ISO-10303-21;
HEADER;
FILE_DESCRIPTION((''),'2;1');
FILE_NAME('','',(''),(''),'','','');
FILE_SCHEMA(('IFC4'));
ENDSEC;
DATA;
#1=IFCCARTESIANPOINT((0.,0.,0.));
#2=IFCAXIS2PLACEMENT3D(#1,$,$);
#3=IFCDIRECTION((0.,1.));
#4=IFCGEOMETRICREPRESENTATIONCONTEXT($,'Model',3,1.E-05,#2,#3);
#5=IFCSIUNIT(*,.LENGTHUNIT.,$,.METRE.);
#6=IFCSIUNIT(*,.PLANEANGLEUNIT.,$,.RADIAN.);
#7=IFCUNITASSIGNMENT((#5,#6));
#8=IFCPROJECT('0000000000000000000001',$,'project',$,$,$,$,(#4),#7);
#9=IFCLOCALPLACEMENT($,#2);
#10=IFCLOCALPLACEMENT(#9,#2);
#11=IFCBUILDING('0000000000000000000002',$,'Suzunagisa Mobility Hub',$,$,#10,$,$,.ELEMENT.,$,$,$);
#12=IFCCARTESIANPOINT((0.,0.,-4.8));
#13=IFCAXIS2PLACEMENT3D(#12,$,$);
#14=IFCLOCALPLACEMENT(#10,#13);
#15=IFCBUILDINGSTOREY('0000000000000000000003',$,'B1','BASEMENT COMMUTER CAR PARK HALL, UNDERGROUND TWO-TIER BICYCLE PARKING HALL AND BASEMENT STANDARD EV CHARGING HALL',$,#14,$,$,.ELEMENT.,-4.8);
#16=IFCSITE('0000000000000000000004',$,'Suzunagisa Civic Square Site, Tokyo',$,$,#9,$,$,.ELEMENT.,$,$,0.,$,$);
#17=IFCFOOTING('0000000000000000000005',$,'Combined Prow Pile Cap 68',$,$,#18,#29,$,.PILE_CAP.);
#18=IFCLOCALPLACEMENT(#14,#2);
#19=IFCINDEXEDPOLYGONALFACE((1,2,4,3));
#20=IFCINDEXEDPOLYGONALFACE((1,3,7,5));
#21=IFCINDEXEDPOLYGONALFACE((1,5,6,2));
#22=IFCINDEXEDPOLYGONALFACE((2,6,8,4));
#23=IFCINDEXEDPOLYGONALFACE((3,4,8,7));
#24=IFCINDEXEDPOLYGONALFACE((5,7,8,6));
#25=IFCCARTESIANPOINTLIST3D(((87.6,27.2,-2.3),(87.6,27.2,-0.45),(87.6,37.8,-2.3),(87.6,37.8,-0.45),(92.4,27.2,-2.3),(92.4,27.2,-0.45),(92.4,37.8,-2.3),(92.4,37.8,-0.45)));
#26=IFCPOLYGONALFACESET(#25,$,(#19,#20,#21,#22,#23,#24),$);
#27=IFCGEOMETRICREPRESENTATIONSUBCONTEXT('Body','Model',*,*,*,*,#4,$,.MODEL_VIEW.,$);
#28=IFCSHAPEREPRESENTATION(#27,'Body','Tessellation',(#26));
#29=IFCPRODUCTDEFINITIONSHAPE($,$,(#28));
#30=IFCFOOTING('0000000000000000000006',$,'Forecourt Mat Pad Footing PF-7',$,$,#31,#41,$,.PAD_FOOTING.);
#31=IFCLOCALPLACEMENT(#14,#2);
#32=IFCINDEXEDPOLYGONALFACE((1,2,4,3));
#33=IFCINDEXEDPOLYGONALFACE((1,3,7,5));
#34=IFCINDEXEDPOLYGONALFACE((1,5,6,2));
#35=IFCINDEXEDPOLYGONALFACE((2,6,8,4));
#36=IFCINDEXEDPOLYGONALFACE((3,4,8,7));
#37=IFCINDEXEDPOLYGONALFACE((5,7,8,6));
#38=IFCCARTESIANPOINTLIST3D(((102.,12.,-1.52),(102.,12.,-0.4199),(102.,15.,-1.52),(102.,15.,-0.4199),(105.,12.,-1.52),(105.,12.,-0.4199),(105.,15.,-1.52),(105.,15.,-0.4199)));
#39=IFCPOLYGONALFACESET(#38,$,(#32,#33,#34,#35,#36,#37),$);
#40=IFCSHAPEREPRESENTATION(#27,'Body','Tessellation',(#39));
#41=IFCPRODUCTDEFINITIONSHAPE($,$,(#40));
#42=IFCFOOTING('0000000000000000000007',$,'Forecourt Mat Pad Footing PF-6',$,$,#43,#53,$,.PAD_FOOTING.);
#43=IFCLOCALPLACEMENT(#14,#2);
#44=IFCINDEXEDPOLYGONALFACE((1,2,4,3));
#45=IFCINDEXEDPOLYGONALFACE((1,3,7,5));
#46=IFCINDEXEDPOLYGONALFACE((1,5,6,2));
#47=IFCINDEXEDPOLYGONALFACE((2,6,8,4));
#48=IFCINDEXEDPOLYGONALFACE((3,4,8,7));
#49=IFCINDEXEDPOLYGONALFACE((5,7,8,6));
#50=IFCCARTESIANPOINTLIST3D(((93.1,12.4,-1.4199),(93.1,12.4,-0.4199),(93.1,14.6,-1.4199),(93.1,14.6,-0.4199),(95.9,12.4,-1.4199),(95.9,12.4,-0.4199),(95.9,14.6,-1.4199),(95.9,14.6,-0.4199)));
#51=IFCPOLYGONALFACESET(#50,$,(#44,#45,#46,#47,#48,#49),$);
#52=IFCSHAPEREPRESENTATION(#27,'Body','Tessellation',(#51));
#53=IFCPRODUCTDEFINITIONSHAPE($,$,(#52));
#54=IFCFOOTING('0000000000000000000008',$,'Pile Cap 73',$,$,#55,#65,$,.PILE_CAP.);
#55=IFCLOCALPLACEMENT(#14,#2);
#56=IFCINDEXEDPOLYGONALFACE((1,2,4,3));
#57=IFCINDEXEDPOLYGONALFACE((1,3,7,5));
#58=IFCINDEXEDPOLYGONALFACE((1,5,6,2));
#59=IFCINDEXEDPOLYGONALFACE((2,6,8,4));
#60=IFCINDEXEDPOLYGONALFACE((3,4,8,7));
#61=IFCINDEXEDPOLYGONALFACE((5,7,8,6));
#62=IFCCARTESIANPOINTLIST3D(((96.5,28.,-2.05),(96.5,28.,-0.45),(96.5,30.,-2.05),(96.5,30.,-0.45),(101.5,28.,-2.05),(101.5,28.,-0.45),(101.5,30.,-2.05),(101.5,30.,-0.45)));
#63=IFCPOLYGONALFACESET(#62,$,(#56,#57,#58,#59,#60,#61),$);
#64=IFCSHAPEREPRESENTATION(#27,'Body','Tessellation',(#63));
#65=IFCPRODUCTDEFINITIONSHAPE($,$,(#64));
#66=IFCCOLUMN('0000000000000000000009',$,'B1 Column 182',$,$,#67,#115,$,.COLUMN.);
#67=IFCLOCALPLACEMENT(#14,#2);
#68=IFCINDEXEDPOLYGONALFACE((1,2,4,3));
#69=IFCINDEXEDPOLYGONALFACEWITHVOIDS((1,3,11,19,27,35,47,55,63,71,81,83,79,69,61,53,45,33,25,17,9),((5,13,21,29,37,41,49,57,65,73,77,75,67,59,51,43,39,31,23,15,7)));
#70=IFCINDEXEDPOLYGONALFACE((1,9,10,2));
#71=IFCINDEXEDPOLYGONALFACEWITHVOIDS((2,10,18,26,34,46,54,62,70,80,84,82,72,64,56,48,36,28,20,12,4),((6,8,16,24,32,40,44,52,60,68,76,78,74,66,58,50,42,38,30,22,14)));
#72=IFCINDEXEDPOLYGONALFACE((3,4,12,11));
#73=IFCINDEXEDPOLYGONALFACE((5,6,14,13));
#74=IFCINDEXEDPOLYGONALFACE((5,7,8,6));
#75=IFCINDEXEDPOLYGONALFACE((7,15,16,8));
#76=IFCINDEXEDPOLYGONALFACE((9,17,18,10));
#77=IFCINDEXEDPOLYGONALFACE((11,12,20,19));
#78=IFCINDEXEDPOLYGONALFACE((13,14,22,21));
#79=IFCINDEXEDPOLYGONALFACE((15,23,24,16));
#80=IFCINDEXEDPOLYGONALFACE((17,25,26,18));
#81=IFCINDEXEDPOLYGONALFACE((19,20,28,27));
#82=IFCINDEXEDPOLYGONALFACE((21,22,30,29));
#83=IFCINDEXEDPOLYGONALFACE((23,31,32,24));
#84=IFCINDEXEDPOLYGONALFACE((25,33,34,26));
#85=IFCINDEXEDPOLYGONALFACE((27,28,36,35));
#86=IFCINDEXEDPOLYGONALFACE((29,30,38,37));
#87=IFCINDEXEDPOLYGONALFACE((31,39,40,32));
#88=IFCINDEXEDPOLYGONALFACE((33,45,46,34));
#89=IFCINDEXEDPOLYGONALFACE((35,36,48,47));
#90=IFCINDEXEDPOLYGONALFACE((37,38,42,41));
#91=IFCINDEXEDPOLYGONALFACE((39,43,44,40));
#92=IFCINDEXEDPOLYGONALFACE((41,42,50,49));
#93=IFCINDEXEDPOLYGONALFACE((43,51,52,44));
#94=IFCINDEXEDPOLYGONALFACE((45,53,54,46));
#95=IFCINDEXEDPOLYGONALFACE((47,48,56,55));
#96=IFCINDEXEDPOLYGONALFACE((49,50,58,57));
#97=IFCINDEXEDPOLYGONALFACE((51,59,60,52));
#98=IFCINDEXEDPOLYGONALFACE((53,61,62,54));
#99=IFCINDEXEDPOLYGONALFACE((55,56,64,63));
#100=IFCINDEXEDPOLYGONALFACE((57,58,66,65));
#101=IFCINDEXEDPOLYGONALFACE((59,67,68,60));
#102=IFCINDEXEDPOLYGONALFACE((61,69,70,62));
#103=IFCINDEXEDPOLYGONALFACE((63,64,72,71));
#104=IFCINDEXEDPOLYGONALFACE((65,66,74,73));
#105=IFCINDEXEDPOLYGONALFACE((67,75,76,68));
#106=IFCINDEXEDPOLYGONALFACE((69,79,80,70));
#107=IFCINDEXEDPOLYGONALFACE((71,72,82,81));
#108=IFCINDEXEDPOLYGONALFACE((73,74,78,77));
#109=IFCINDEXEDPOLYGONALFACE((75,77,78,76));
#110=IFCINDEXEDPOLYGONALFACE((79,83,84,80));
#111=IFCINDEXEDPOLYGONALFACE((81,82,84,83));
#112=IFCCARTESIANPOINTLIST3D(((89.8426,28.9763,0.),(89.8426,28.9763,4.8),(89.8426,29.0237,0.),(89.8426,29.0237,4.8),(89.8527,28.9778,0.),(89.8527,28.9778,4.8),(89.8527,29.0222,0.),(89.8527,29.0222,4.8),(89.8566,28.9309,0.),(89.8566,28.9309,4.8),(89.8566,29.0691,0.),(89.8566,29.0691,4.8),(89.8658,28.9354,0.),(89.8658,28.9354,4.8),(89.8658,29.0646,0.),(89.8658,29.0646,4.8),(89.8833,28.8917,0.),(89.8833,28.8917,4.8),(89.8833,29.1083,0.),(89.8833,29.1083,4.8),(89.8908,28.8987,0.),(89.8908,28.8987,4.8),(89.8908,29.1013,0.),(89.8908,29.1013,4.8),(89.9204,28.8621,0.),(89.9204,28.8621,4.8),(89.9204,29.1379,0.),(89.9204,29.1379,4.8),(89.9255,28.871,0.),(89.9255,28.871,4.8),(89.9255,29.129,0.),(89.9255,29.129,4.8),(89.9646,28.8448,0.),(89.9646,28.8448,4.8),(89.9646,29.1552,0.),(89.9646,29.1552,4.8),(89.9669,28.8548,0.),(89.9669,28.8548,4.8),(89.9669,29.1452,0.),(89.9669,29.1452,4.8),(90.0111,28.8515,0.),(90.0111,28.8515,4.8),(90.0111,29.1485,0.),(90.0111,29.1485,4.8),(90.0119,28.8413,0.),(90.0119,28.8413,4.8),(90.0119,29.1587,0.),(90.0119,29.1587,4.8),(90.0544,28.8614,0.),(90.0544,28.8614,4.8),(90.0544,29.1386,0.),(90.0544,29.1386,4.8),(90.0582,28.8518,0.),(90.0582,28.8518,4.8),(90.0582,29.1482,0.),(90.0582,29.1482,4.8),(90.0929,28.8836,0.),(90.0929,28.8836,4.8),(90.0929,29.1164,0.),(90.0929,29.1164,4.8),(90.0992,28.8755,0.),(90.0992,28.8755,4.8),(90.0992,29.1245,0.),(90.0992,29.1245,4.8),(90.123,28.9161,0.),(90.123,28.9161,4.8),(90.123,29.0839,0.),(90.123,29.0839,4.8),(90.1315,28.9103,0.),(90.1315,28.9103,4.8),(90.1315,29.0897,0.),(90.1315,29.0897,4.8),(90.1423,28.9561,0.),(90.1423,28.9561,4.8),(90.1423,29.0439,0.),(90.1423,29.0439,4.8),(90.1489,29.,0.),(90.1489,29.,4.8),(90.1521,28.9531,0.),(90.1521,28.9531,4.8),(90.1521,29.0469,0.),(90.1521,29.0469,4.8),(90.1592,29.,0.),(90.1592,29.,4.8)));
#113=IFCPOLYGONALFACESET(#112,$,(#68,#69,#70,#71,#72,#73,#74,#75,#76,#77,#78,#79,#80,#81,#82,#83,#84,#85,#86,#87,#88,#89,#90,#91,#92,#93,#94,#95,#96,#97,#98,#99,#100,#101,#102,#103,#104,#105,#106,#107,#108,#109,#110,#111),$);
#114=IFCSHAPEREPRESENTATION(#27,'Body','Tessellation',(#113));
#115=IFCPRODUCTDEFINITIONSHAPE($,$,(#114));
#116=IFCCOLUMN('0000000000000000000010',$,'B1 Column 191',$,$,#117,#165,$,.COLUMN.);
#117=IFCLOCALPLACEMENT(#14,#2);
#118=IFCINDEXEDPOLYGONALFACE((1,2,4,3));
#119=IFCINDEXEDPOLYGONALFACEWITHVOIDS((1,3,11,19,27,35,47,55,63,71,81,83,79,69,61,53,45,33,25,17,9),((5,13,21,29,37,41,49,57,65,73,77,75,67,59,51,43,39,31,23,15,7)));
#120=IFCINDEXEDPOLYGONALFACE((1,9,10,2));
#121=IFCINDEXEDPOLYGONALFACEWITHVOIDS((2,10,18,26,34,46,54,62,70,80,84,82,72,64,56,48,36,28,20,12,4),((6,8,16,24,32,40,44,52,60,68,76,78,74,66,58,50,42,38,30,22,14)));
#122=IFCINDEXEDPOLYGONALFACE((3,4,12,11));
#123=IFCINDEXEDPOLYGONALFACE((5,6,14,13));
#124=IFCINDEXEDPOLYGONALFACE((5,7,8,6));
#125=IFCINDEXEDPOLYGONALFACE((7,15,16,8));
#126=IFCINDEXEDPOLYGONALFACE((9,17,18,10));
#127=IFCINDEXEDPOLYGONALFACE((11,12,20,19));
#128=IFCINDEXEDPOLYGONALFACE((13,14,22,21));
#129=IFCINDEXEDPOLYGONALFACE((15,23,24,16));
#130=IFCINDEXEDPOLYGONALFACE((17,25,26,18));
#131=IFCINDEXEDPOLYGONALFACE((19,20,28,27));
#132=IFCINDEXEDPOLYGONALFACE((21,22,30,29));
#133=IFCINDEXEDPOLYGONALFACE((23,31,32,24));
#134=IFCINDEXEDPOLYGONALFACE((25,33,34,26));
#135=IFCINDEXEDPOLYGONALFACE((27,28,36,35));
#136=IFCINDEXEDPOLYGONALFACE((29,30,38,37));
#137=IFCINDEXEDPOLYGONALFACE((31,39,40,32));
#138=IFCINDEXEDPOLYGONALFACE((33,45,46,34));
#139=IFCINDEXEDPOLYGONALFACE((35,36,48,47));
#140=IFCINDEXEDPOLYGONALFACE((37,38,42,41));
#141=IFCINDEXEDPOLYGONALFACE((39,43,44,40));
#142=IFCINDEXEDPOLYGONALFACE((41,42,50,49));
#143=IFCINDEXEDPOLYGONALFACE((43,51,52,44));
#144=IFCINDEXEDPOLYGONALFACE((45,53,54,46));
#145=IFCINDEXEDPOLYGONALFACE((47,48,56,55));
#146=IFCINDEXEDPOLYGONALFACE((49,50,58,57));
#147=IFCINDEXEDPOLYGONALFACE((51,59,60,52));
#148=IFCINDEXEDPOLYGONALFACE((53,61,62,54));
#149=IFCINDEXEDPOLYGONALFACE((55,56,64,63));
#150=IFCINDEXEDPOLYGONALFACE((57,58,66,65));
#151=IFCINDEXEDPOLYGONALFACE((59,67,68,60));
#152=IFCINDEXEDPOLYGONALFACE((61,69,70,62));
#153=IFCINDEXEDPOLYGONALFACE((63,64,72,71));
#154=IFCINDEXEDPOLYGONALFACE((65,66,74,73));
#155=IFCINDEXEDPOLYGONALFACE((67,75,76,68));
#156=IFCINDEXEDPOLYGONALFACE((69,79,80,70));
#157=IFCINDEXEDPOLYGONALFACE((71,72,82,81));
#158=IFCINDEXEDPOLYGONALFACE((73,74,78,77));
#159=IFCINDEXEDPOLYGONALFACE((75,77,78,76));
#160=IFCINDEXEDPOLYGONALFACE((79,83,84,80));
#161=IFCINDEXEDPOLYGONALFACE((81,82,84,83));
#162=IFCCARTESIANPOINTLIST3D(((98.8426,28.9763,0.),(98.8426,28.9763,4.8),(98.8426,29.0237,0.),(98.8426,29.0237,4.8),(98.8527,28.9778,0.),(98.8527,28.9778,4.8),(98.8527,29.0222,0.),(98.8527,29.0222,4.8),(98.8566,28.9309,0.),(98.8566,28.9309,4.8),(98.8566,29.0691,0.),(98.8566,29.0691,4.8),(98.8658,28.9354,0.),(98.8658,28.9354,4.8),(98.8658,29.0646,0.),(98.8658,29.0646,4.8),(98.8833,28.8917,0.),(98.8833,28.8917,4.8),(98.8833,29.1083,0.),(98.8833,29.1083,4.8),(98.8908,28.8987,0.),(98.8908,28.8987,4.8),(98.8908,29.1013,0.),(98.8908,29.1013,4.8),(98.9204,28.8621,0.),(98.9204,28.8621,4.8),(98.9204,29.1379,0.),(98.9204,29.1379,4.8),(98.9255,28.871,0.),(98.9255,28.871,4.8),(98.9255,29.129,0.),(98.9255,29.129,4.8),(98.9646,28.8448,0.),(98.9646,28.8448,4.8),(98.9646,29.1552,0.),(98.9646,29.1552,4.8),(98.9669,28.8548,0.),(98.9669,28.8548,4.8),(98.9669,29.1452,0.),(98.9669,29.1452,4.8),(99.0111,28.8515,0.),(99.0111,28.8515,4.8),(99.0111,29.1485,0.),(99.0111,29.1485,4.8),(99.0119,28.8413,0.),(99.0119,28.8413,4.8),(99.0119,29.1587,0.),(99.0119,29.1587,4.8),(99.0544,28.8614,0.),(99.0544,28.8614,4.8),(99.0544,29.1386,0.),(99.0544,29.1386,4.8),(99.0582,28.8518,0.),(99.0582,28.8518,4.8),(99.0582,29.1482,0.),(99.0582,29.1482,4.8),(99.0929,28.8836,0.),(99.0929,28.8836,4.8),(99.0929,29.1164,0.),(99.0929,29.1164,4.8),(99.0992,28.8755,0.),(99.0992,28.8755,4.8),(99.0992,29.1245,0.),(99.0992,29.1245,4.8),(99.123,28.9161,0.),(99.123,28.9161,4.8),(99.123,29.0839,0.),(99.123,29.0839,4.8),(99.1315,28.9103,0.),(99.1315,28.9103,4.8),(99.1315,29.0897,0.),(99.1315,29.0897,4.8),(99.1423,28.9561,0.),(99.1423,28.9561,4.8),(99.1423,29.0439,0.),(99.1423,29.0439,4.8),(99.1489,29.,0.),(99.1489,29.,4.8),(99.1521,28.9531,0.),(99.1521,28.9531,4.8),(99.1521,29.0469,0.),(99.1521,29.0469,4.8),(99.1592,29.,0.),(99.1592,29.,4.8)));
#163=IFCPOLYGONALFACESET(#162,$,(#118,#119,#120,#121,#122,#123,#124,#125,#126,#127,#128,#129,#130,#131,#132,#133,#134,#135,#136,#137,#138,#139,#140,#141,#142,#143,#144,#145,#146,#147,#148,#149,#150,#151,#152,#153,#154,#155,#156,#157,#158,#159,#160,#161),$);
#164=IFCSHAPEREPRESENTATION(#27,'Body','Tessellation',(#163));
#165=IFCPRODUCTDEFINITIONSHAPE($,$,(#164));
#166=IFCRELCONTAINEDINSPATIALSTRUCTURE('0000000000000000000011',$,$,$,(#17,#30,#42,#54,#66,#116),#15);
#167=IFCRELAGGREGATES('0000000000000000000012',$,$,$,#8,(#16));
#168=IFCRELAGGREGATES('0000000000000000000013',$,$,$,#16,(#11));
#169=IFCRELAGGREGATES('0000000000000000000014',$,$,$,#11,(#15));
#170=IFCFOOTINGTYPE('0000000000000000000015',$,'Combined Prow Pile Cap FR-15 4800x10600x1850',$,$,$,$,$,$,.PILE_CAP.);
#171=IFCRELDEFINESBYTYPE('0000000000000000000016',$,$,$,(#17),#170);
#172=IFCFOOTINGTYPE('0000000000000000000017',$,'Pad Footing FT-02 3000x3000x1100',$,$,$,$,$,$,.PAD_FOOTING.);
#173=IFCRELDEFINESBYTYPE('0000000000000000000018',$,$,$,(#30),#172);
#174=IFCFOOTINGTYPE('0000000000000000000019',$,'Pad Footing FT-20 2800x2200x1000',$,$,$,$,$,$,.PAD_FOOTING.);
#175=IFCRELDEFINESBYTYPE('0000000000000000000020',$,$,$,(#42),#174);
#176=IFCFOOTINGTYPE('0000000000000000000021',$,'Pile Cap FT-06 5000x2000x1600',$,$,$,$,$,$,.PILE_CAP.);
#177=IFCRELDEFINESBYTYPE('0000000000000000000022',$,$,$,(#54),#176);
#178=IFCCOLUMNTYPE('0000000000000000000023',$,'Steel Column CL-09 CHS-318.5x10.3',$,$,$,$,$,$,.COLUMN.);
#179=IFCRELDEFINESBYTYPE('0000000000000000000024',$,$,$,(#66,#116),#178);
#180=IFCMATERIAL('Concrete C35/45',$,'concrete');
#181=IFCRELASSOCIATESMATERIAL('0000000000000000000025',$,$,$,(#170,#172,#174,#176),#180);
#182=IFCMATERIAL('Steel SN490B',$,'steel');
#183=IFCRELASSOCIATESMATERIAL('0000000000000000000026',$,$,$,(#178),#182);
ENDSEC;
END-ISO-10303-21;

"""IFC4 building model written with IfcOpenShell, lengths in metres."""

from ifc_helpers import new_model, si_unit, direction, frame, origin, origin_2d, place, context, subcontext, project, spatial, rectangle, hollow_circle, extrude, material, material_profile, profile_set, type_object, element, save


model = new_model("IFC4")

# Units and contexts
model_context = context("Model", 3, precision=1e-05, world=origin(), true_north=direction((0.0, 1.0)))
body_context = subcontext(model_context, "Body", "Model", "MODEL_VIEW")
ifc_project = project(units=[si_unit("LENGTHUNIT", "METRE"), si_unit("PLANEANGLEUNIT", "RADIAN")], contexts=[model_context])

# Site, building, storey
site_placement = place(None, origin())
site = spatial("IfcSite", under=ifc_project, at=site_placement, Name="Suzunagisa Civic Square Site, Tokyo", CompositionType="ELEMENT", RefElevation=0.0)
building_placement = place(site_placement, origin())
building = spatial("IfcBuilding", under=site, at=building_placement, Name="Suzunagisa Mobility Hub", CompositionType="ELEMENT")
storey_placement = place(building_placement, frame((0.0, 0.0, -4.8)))
storey = spatial("IfcBuildingStorey", under=building, at=storey_placement, Name="B1", Description="BASEMENT COMMUTER CAR PARK HALL, UNDERGROUND TWO-TIER BICYCLE PARKING HALL AND BASEMENT STANDARD EV CHARGING HALL", CompositionType="ELEMENT", Elevation=-4.8)

# Footings
ifc_material_1 = material(Name="Concrete C35/45", Category="concrete")
footing_type_1 = type_object("IfcFootingType", Name="Combined Prow Pile Cap FR-15 4800x10600x1850", PredefinedType="PILE_CAP", material=ifc_material_1)
footing_1_placement = place(storey_placement, frame((90.0, 32.5, -2.3), z_axis=(0.0, 0.0, 1.0), x_axis=(1.0, 0.0, 0.0)))
element("IfcFooting", 1, at=footing_1_placement, inside=storey, type_object=footing_type_1, Name="Combined Prow Pile Cap 68", PredefinedType="PILE_CAP", context=body_context, shape_type="SweptSolid", body=[
    extrude(rectangle(XDim=4.8, YDim=10.6001, at=origin_2d()), origin(), (0.0, 0.0, 1.0), 1.8501),
])
footing_type_2 = type_object("IfcFootingType", Name="Pad Footing FT-02 3000x3000x1100", PredefinedType="PAD_FOOTING", material=ifc_material_1)
footing_2_placement = place(storey_placement, frame((103.5, 13.5, -1.52), z_axis=(0.0, 0.0, 1.0), x_axis=(1.0, 0.0, 0.0)))
element("IfcFooting", 2, at=footing_2_placement, inside=storey, type_object=footing_type_2, Name="Forecourt Mat Pad Footing PF-7", PredefinedType="PAD_FOOTING", context=body_context, shape_type="SweptSolid", body=[
    extrude(rectangle(XDim=3.0, YDim=3.0, at=origin_2d()), origin(), (0.0, 0.0, 1.0), 1.1001),
])
footing_type_3 = type_object("IfcFootingType", Name="Pad Footing FT-20 2800x2200x1000", PredefinedType="PAD_FOOTING", material=ifc_material_1)
footing_3_placement = place(storey_placement, frame((94.5, 13.5, -1.4199), z_axis=(0.0, 0.0, 1.0), x_axis=(1.0, 0.0, 0.0)))
element("IfcFooting", 3, at=footing_3_placement, inside=storey, type_object=footing_type_3, Name="Forecourt Mat Pad Footing PF-6", PredefinedType="PAD_FOOTING", context=body_context, shape_type="SweptSolid", body=[
    extrude(rectangle(XDim=2.8, YDim=2.2, at=origin_2d()), origin(), (0.0, 0.0, 1.0), 1.0),
])
footing_type_4 = type_object("IfcFootingType", Name="Pile Cap FT-06 5000x2000x1600", PredefinedType="PILE_CAP", material=ifc_material_1)
footing_4_placement = place(storey_placement, frame((99.0, 29.0, -2.05), z_axis=(0.0, 0.0, 1.0), x_axis=(1.0, 0.0, 0.0)))
element("IfcFooting", 4, at=footing_4_placement, inside=storey, type_object=footing_type_4, Name="Pile Cap 73", PredefinedType="PILE_CAP", context=body_context, shape_type="SweptSolid", body=[
    extrude(rectangle(XDim=5.0, YDim=2.0, at=origin_2d()), origin(), (0.0, 0.0, 1.0), 1.6001),
])

# Columns
ifc_material_2 = material(Name="Steel SN490B", Category="steel")
ifc_material_profile_1 = material_profile(ifc_material_2, hollow_circle(Radius=0.1592, WallThickness=0.0103, at=origin_2d()), Name="CHS-318.5x10.3")
ifc_profile_set_1 = profile_set([ifc_material_profile_1], Name="Steel SN490B")
column_type_1 = type_object("IfcColumnType", Name="Steel Column CL-09 CHS-318.5x10.3", PredefinedType="COLUMN", material=ifc_profile_set_1)
for number, where, z_axis, x_axis, name in (
    (5, (90.0, 29.0, 0.0), (0.0, 0.0, 1.0), (1.0, 0.0, 0.0), "B1 Column 182"),
    (6, (99.0, 29.0, 0.0), (0.0, 0.0, 1.0), (1.0, 0.0, 0.0), "B1 Column 191"),
):
    element("IfcColumn", number, at=place(storey_placement, frame(where, z_axis=z_axis, x_axis=x_axis)), inside=storey, type_object=column_type_1, Name=name, PredefinedType="COLUMN", context=body_context, shape_type="SweptSolid", body=[
        extrude(hollow_circle(Radius=0.1592, WallThickness=0.0103, at=origin_2d()), origin(), (0.0, 0.0, 1.0), 4.8),
    ])

save(model, "model.ifc")
